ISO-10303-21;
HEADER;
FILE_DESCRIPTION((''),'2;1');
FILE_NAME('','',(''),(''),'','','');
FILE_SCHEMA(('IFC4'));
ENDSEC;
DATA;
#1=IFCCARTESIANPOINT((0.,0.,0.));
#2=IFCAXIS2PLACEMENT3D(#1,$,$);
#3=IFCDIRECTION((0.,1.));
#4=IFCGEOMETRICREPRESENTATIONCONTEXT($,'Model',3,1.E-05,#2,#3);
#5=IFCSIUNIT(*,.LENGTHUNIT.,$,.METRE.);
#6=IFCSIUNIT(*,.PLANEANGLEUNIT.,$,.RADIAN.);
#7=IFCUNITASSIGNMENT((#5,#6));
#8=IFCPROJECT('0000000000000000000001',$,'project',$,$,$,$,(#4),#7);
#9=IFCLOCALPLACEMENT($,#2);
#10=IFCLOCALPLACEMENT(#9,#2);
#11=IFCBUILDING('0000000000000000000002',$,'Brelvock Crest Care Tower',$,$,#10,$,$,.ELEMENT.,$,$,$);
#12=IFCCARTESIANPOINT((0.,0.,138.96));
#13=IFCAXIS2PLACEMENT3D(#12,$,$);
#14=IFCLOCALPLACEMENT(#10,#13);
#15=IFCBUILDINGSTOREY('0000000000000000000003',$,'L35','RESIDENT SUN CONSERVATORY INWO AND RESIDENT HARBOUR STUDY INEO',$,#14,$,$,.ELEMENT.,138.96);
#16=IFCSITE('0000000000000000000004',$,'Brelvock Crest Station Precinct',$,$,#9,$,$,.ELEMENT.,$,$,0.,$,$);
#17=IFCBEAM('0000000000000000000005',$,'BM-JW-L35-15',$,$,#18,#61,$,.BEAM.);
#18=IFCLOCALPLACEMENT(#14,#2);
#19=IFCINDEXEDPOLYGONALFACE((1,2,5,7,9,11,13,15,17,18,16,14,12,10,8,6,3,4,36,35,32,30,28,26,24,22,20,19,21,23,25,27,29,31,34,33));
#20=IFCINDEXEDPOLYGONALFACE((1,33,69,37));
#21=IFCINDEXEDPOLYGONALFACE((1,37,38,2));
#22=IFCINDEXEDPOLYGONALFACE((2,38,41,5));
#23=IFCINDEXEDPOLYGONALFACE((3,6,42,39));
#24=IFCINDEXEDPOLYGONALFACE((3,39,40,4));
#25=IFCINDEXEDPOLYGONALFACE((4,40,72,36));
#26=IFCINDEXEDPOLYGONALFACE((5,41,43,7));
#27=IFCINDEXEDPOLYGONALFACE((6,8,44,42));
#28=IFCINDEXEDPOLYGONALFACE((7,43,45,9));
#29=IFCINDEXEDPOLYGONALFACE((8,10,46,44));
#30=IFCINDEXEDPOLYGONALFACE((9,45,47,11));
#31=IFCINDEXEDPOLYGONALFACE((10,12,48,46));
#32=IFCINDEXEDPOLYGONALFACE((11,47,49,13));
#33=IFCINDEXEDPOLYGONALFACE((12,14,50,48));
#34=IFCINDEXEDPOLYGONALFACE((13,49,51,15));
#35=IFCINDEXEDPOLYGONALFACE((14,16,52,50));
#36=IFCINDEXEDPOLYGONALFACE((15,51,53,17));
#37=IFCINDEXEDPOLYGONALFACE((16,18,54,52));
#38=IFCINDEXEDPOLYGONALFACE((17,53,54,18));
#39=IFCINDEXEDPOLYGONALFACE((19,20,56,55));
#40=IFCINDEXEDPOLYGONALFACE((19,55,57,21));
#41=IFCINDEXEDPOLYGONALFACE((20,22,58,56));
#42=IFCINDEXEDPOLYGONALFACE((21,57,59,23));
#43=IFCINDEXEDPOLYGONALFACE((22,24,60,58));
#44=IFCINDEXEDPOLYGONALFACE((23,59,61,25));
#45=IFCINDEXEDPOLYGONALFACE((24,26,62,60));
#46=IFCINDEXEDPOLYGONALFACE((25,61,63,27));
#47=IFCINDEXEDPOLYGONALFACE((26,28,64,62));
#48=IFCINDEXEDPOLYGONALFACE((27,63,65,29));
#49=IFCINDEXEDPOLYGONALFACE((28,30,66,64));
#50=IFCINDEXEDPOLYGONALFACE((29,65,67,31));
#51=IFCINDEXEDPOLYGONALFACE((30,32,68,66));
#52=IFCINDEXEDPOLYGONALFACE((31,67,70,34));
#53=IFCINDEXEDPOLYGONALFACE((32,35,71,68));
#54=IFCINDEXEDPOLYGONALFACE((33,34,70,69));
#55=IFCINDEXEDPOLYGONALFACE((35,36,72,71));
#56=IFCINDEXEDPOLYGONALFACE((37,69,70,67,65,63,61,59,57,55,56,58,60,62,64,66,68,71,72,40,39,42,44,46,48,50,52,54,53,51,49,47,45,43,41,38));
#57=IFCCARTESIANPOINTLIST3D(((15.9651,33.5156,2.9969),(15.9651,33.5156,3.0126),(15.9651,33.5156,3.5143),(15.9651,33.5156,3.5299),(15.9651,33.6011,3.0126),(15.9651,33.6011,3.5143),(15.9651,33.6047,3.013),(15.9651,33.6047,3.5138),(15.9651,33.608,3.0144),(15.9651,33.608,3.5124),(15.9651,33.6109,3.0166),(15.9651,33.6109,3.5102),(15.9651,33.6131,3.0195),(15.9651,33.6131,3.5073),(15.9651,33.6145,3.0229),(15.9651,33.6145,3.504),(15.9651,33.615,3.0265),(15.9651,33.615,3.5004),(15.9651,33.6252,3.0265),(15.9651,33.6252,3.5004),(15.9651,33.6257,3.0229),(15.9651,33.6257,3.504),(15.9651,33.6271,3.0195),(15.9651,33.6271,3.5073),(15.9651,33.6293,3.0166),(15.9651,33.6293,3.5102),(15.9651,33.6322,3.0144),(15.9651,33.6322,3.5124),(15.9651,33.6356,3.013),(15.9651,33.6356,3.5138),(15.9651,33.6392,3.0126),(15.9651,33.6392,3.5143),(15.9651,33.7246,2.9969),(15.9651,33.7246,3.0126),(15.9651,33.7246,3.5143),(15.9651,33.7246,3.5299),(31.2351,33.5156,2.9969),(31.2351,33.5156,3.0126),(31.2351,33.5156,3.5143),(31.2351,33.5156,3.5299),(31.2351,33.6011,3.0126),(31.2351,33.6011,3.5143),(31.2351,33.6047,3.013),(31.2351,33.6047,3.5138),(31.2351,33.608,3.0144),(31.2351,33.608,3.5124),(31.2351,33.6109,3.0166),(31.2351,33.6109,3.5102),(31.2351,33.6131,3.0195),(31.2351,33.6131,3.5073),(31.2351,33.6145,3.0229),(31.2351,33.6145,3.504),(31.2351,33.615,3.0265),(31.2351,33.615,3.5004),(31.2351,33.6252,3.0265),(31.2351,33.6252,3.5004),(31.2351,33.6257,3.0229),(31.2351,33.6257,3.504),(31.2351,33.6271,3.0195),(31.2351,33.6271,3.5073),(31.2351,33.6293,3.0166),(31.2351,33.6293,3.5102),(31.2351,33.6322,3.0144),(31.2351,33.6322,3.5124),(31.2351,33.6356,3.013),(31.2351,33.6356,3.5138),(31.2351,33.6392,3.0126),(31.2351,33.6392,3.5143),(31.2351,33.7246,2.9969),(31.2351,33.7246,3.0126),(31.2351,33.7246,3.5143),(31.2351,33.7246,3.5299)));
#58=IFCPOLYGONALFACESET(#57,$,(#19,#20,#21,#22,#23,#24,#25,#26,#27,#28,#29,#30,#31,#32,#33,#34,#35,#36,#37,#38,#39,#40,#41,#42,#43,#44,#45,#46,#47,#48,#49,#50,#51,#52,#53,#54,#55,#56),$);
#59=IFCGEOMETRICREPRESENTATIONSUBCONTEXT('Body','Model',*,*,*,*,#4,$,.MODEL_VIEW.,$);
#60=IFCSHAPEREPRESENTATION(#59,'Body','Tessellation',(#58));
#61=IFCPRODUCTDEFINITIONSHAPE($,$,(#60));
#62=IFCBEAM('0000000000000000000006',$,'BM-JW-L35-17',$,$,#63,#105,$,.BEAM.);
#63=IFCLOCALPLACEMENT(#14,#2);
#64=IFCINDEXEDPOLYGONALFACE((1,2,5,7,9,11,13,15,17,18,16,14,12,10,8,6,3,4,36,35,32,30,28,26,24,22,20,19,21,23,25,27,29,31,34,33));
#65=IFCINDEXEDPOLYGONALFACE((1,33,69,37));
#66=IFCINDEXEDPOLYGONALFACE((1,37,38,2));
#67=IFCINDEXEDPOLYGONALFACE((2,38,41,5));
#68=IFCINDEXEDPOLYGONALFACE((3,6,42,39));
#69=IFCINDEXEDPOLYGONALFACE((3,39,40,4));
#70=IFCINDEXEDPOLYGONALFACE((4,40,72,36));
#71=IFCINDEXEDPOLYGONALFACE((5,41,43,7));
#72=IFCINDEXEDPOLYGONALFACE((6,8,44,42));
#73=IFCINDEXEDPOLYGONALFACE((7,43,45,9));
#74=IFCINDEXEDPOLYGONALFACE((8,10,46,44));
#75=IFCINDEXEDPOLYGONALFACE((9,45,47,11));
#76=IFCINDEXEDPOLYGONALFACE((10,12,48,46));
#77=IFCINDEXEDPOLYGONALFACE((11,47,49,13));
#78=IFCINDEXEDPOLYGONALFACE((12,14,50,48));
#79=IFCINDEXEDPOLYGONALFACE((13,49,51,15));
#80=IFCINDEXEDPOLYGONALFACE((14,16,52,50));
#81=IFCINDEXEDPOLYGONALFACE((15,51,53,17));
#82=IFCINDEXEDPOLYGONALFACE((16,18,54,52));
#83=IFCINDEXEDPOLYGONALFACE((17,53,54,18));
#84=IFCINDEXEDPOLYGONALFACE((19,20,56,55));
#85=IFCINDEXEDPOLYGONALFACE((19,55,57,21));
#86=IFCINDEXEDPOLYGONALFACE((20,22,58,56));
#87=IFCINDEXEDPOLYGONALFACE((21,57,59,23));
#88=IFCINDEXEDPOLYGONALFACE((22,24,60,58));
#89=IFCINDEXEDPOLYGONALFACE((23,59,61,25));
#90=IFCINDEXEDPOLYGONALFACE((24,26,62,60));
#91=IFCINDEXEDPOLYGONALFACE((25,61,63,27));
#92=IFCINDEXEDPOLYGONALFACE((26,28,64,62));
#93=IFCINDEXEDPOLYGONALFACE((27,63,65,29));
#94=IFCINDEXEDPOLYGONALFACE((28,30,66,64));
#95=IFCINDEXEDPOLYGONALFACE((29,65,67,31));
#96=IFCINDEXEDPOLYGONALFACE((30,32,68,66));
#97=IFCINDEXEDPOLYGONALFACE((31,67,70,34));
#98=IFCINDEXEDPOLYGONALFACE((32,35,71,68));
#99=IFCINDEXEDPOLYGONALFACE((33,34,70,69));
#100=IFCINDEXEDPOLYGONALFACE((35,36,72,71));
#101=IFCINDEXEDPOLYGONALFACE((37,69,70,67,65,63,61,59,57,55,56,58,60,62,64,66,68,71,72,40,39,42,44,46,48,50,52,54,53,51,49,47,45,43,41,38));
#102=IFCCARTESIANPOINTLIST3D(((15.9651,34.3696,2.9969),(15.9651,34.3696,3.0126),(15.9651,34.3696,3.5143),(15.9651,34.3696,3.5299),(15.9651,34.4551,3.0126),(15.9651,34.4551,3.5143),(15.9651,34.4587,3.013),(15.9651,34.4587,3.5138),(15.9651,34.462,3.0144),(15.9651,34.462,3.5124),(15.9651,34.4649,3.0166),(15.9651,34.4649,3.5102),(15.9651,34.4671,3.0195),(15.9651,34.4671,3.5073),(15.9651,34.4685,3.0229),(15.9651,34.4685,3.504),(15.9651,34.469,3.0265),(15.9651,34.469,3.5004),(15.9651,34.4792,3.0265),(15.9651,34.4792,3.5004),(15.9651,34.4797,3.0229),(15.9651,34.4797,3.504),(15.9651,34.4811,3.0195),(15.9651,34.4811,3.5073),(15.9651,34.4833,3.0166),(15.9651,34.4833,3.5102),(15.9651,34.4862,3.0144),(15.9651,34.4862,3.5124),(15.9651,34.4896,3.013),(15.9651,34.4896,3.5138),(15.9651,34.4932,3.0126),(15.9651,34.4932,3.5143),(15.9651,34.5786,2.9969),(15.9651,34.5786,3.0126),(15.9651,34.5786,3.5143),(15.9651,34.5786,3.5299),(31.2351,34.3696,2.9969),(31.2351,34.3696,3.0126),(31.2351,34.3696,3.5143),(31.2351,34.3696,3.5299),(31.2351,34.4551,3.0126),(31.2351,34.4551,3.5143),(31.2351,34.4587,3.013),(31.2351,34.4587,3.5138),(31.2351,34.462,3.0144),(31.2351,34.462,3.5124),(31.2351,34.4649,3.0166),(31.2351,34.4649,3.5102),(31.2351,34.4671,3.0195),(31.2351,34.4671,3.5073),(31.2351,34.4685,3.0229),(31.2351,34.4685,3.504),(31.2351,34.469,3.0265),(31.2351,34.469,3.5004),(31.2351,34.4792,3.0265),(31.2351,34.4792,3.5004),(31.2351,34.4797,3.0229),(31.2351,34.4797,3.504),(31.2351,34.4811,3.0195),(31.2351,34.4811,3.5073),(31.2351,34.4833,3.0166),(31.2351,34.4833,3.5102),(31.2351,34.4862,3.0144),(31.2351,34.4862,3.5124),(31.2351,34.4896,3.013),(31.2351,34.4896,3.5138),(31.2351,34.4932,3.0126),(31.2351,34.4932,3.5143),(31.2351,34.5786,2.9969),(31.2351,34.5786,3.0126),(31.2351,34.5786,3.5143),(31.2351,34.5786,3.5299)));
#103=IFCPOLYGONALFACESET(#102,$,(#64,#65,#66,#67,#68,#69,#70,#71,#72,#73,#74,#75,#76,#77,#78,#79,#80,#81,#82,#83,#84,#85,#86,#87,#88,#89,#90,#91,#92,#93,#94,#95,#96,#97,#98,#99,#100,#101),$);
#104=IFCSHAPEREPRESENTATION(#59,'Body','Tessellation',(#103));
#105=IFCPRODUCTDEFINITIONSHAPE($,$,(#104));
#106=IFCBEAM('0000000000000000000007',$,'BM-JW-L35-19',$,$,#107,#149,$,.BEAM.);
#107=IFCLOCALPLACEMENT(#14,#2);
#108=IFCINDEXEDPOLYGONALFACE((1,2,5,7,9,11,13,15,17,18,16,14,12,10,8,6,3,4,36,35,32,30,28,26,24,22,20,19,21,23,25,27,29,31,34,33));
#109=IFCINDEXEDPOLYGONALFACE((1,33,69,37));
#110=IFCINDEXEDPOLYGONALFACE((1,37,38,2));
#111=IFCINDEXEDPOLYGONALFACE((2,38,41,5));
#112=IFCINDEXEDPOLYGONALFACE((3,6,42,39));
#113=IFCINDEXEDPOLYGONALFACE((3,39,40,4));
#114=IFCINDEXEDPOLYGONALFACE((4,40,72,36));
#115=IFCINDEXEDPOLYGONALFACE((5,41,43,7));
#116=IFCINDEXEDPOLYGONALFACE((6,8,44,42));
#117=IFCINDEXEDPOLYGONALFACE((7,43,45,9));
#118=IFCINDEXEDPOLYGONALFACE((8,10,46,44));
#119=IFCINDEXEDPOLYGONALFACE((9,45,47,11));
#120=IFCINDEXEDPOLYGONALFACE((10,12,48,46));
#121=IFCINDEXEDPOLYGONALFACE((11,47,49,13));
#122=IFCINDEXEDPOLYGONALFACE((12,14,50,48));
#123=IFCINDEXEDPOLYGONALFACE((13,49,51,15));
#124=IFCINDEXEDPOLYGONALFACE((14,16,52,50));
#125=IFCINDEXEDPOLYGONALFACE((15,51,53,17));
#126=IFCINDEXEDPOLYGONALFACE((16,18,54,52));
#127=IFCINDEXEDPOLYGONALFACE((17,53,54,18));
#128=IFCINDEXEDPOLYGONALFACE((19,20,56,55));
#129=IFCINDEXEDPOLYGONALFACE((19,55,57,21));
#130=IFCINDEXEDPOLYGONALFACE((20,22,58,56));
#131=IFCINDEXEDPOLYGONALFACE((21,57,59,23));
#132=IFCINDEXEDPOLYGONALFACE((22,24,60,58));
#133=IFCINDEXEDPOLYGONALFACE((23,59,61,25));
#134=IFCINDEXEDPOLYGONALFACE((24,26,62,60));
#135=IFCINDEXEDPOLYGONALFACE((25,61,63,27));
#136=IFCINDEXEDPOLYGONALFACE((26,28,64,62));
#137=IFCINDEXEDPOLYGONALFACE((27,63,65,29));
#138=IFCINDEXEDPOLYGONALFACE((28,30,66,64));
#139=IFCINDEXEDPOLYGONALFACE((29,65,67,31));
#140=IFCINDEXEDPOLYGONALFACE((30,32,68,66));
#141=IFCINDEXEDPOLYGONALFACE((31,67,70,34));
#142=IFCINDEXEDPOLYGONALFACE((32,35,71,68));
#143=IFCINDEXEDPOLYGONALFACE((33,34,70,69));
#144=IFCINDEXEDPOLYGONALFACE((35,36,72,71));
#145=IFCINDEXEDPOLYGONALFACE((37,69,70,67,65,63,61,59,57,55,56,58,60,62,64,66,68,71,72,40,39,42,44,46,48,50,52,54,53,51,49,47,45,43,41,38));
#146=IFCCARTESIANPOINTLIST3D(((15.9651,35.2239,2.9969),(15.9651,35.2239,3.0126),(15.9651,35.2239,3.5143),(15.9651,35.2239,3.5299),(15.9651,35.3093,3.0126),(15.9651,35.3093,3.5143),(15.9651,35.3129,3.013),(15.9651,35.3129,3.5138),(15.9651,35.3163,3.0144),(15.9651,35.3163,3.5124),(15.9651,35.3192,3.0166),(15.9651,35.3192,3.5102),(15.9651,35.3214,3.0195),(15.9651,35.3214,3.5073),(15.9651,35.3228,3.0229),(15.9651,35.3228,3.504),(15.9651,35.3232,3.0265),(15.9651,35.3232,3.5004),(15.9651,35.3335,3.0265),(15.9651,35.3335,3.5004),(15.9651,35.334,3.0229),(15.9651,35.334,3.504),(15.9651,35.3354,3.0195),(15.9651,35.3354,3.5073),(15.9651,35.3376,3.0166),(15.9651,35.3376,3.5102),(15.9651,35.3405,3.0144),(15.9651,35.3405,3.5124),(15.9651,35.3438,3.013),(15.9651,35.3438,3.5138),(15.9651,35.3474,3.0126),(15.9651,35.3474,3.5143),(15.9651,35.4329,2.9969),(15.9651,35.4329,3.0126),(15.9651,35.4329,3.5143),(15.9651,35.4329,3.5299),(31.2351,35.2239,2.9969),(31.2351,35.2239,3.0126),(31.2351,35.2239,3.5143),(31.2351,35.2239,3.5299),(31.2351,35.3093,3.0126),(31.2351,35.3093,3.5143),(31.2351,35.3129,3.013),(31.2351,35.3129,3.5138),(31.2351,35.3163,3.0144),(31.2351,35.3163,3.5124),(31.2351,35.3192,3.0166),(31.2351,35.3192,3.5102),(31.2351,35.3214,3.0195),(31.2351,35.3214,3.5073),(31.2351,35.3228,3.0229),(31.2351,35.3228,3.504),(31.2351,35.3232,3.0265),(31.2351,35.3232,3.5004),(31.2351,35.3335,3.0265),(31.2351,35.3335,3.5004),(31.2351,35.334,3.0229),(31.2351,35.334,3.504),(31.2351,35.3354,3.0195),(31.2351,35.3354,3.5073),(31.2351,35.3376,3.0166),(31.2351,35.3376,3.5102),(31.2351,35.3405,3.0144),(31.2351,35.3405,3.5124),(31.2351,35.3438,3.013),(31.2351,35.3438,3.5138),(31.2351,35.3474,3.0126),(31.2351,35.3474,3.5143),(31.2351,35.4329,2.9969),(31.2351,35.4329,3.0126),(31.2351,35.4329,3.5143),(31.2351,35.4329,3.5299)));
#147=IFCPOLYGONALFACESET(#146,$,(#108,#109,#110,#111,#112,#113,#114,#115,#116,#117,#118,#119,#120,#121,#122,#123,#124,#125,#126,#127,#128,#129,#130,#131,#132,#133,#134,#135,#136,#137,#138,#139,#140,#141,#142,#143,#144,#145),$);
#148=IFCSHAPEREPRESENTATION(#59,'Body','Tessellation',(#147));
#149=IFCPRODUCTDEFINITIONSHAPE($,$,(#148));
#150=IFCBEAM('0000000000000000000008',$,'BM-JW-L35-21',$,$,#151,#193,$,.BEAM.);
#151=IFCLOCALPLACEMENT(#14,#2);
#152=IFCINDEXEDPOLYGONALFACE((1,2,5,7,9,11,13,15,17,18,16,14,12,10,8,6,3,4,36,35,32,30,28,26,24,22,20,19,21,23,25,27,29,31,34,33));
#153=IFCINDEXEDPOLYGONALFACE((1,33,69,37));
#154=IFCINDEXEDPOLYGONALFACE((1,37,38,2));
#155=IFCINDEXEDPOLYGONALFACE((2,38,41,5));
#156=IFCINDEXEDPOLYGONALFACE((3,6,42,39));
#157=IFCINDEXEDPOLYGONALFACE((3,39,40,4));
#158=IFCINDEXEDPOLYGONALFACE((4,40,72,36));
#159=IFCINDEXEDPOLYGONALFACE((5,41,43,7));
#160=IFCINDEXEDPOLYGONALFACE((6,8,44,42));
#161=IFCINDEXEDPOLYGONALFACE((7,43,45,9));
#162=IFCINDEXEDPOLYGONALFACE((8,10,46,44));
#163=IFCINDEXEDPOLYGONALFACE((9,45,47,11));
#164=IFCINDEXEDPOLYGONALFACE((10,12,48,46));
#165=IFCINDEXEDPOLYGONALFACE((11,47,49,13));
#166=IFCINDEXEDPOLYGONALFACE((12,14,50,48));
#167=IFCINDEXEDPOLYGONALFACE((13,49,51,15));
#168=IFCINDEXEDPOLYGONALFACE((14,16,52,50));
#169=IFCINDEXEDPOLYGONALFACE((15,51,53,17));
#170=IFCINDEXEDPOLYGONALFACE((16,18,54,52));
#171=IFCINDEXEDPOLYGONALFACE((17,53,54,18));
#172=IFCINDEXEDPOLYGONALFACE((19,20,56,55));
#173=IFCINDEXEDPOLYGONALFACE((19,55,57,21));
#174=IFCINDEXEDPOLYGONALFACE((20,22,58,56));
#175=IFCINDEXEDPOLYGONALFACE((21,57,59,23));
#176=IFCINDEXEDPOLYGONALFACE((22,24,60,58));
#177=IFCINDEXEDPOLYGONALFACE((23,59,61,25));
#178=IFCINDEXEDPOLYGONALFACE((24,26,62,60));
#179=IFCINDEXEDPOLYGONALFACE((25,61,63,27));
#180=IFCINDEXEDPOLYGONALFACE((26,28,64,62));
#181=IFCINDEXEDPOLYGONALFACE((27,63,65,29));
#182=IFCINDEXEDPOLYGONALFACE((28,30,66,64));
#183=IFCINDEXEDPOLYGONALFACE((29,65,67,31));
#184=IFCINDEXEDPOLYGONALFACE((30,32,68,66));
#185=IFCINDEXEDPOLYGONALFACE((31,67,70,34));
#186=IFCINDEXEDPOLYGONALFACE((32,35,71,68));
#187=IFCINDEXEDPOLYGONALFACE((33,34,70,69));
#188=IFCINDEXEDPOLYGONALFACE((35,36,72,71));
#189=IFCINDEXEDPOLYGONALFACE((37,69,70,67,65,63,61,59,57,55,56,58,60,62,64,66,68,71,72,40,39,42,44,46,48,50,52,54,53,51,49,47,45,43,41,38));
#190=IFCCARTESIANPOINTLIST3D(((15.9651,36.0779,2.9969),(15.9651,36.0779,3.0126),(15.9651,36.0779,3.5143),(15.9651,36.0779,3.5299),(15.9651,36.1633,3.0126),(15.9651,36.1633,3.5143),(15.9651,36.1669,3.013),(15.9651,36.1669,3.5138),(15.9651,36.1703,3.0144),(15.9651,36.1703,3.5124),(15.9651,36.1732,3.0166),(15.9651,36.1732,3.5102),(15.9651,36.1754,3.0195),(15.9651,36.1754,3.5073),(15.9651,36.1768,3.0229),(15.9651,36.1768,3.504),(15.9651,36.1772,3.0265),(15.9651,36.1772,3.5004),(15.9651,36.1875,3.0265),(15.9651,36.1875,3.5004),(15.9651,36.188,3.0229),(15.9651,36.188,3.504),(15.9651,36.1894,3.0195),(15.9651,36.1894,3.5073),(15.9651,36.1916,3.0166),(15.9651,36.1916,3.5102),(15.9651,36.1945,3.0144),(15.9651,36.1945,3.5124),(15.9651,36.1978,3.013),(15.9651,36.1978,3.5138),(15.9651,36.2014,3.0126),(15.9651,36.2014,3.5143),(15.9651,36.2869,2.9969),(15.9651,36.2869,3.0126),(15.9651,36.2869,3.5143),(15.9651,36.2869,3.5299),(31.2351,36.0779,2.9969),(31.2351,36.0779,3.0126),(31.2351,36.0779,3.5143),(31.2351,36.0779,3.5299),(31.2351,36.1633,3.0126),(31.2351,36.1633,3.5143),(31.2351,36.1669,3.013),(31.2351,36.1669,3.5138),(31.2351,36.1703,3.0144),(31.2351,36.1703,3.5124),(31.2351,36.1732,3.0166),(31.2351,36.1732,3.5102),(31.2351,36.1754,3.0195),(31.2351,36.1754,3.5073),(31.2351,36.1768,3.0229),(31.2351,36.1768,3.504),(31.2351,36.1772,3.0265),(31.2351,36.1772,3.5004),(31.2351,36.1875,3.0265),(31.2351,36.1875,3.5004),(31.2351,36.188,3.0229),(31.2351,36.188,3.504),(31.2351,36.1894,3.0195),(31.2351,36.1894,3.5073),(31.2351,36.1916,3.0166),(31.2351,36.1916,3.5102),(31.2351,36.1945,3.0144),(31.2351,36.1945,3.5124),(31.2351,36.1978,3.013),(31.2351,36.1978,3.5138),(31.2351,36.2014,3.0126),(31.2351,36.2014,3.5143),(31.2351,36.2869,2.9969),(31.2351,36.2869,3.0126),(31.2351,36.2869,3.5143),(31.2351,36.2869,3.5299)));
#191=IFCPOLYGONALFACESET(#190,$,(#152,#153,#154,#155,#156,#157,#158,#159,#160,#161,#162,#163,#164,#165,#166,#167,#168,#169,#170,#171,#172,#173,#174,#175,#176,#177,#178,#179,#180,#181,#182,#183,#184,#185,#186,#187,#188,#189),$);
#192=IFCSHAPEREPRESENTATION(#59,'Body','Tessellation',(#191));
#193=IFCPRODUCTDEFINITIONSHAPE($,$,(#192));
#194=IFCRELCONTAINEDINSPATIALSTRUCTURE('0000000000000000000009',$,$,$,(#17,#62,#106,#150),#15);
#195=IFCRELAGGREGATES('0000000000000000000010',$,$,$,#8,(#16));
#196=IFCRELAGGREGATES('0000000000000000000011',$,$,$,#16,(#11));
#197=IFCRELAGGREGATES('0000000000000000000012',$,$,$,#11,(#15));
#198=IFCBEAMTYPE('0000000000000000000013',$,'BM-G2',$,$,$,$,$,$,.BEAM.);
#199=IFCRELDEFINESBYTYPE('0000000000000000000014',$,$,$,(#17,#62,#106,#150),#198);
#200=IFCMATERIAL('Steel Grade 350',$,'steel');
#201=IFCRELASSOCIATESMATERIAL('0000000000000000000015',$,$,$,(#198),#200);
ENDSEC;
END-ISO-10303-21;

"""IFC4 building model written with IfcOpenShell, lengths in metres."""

from ifc_helpers import new_model, si_unit, direction, frame, origin, origin_2d, place, context, subcontext, project, spatial, i_section, extrude, source, transform, mapped, material, material_profile, profile_set, type_object, element, save


model = new_model("IFC4")

# Units and contexts
model_context = context("Model", 3, precision=1e-05, world=origin(), true_north=direction((0.0, 1.0)))
body_context = subcontext(model_context, "Body", "Model", "MODEL_VIEW")
ifc_project = project(units=[si_unit("LENGTHUNIT", "METRE"), si_unit("PLANEANGLEUNIT", "RADIAN")], contexts=[model_context])

# Site, building, storey
site_placement = place(None, origin())
site = spatial("IfcSite", under=ifc_project, at=site_placement, Name="Brelvock Crest Station Precinct", CompositionType="ELEMENT", RefElevation=0.0)
building_placement = place(site_placement, origin())
building = spatial("IfcBuilding", under=site, at=building_placement, Name="Brelvock Crest Care Tower", CompositionType="ELEMENT")
storey_placement = place(building_placement, frame((0.0, 0.0, 138.96)))
storey = spatial("IfcBuildingStorey", under=building, at=storey_placement, Name="L35", Description="RESIDENT SUN CONSERVATORY INWO AND RESIDENT HARBOUR STUDY INEO", CompositionType="ELEMENT", Elevation=138.96)

# Shared definitions
ifc_material_1 = material(Name="Steel Grade 350", Category="steel")

# Beams
ifc_material_profile_1 = material_profile(ifc_material_1, i_section(OverallWidth=0.209, OverallDepth=0.533, WebThickness=0.0103, FlangeThickness=0.0156, FilletRadius=0.0139, at=origin_2d()), Name="530UB92.4")
ifc_profile_set_1 = profile_set([ifc_material_profile_1], Name="Steel Grade 350")
beam_type_1 = type_object("IfcBeamType", Name="BM-G2", PredefinedType="BEAM", material=ifc_profile_set_1)
shared_shape_1 = source(origin(), body_context, "Body", "SweptSolid", [
    extrude(i_section(OverallWidth=0.209, OverallDepth=0.533, WebThickness=0.0103, FlangeThickness=0.0156, FilletRadius=0.0139, at=origin_2d()), origin(), (0.0, 0.0, 1.0), 15.27),
])
for number, where, z_axis, x_axis, name in (
    (1, (15.9651, 33.6201, 3.2634), (1.0, 0.0, 0.0), (0.0, 1.0, 0.0), "BM-JW-L35-15"),
    (2, (15.9651, 34.4741, 3.2634), (1.0, 0.0, 0.0), (0.0, 1.0, 0.0), "BM-JW-L35-17"),
    (3, (15.9651, 35.3284, 3.2634), (1.0, 0.0, 0.0), (0.0, 1.0, 0.0), "BM-JW-L35-19"),
    (4, (15.9651, 36.1824, 3.2634), (1.0, 0.0, 0.0), (0.0, 1.0, 0.0), "BM-JW-L35-21"),
):
    element("IfcBeam", number, at=place(storey_placement, frame(where, z_axis=z_axis, x_axis=x_axis)), inside=storey, type_object=beam_type_1, Name=name, PredefinedType="BEAM", context=body_context, shape_type="MappedRepresentation", body=[
        mapped(shared_shape_1, transform((0.0, 0.0, 0.0), x_axis=(1.0, 0.0, 0.0), y_axis=(0.0, 1.0, 0.0), z_axis=(0.0, 0.0, 1.0), scale=1.0)),
    ])

save(model, "model.ifc")
